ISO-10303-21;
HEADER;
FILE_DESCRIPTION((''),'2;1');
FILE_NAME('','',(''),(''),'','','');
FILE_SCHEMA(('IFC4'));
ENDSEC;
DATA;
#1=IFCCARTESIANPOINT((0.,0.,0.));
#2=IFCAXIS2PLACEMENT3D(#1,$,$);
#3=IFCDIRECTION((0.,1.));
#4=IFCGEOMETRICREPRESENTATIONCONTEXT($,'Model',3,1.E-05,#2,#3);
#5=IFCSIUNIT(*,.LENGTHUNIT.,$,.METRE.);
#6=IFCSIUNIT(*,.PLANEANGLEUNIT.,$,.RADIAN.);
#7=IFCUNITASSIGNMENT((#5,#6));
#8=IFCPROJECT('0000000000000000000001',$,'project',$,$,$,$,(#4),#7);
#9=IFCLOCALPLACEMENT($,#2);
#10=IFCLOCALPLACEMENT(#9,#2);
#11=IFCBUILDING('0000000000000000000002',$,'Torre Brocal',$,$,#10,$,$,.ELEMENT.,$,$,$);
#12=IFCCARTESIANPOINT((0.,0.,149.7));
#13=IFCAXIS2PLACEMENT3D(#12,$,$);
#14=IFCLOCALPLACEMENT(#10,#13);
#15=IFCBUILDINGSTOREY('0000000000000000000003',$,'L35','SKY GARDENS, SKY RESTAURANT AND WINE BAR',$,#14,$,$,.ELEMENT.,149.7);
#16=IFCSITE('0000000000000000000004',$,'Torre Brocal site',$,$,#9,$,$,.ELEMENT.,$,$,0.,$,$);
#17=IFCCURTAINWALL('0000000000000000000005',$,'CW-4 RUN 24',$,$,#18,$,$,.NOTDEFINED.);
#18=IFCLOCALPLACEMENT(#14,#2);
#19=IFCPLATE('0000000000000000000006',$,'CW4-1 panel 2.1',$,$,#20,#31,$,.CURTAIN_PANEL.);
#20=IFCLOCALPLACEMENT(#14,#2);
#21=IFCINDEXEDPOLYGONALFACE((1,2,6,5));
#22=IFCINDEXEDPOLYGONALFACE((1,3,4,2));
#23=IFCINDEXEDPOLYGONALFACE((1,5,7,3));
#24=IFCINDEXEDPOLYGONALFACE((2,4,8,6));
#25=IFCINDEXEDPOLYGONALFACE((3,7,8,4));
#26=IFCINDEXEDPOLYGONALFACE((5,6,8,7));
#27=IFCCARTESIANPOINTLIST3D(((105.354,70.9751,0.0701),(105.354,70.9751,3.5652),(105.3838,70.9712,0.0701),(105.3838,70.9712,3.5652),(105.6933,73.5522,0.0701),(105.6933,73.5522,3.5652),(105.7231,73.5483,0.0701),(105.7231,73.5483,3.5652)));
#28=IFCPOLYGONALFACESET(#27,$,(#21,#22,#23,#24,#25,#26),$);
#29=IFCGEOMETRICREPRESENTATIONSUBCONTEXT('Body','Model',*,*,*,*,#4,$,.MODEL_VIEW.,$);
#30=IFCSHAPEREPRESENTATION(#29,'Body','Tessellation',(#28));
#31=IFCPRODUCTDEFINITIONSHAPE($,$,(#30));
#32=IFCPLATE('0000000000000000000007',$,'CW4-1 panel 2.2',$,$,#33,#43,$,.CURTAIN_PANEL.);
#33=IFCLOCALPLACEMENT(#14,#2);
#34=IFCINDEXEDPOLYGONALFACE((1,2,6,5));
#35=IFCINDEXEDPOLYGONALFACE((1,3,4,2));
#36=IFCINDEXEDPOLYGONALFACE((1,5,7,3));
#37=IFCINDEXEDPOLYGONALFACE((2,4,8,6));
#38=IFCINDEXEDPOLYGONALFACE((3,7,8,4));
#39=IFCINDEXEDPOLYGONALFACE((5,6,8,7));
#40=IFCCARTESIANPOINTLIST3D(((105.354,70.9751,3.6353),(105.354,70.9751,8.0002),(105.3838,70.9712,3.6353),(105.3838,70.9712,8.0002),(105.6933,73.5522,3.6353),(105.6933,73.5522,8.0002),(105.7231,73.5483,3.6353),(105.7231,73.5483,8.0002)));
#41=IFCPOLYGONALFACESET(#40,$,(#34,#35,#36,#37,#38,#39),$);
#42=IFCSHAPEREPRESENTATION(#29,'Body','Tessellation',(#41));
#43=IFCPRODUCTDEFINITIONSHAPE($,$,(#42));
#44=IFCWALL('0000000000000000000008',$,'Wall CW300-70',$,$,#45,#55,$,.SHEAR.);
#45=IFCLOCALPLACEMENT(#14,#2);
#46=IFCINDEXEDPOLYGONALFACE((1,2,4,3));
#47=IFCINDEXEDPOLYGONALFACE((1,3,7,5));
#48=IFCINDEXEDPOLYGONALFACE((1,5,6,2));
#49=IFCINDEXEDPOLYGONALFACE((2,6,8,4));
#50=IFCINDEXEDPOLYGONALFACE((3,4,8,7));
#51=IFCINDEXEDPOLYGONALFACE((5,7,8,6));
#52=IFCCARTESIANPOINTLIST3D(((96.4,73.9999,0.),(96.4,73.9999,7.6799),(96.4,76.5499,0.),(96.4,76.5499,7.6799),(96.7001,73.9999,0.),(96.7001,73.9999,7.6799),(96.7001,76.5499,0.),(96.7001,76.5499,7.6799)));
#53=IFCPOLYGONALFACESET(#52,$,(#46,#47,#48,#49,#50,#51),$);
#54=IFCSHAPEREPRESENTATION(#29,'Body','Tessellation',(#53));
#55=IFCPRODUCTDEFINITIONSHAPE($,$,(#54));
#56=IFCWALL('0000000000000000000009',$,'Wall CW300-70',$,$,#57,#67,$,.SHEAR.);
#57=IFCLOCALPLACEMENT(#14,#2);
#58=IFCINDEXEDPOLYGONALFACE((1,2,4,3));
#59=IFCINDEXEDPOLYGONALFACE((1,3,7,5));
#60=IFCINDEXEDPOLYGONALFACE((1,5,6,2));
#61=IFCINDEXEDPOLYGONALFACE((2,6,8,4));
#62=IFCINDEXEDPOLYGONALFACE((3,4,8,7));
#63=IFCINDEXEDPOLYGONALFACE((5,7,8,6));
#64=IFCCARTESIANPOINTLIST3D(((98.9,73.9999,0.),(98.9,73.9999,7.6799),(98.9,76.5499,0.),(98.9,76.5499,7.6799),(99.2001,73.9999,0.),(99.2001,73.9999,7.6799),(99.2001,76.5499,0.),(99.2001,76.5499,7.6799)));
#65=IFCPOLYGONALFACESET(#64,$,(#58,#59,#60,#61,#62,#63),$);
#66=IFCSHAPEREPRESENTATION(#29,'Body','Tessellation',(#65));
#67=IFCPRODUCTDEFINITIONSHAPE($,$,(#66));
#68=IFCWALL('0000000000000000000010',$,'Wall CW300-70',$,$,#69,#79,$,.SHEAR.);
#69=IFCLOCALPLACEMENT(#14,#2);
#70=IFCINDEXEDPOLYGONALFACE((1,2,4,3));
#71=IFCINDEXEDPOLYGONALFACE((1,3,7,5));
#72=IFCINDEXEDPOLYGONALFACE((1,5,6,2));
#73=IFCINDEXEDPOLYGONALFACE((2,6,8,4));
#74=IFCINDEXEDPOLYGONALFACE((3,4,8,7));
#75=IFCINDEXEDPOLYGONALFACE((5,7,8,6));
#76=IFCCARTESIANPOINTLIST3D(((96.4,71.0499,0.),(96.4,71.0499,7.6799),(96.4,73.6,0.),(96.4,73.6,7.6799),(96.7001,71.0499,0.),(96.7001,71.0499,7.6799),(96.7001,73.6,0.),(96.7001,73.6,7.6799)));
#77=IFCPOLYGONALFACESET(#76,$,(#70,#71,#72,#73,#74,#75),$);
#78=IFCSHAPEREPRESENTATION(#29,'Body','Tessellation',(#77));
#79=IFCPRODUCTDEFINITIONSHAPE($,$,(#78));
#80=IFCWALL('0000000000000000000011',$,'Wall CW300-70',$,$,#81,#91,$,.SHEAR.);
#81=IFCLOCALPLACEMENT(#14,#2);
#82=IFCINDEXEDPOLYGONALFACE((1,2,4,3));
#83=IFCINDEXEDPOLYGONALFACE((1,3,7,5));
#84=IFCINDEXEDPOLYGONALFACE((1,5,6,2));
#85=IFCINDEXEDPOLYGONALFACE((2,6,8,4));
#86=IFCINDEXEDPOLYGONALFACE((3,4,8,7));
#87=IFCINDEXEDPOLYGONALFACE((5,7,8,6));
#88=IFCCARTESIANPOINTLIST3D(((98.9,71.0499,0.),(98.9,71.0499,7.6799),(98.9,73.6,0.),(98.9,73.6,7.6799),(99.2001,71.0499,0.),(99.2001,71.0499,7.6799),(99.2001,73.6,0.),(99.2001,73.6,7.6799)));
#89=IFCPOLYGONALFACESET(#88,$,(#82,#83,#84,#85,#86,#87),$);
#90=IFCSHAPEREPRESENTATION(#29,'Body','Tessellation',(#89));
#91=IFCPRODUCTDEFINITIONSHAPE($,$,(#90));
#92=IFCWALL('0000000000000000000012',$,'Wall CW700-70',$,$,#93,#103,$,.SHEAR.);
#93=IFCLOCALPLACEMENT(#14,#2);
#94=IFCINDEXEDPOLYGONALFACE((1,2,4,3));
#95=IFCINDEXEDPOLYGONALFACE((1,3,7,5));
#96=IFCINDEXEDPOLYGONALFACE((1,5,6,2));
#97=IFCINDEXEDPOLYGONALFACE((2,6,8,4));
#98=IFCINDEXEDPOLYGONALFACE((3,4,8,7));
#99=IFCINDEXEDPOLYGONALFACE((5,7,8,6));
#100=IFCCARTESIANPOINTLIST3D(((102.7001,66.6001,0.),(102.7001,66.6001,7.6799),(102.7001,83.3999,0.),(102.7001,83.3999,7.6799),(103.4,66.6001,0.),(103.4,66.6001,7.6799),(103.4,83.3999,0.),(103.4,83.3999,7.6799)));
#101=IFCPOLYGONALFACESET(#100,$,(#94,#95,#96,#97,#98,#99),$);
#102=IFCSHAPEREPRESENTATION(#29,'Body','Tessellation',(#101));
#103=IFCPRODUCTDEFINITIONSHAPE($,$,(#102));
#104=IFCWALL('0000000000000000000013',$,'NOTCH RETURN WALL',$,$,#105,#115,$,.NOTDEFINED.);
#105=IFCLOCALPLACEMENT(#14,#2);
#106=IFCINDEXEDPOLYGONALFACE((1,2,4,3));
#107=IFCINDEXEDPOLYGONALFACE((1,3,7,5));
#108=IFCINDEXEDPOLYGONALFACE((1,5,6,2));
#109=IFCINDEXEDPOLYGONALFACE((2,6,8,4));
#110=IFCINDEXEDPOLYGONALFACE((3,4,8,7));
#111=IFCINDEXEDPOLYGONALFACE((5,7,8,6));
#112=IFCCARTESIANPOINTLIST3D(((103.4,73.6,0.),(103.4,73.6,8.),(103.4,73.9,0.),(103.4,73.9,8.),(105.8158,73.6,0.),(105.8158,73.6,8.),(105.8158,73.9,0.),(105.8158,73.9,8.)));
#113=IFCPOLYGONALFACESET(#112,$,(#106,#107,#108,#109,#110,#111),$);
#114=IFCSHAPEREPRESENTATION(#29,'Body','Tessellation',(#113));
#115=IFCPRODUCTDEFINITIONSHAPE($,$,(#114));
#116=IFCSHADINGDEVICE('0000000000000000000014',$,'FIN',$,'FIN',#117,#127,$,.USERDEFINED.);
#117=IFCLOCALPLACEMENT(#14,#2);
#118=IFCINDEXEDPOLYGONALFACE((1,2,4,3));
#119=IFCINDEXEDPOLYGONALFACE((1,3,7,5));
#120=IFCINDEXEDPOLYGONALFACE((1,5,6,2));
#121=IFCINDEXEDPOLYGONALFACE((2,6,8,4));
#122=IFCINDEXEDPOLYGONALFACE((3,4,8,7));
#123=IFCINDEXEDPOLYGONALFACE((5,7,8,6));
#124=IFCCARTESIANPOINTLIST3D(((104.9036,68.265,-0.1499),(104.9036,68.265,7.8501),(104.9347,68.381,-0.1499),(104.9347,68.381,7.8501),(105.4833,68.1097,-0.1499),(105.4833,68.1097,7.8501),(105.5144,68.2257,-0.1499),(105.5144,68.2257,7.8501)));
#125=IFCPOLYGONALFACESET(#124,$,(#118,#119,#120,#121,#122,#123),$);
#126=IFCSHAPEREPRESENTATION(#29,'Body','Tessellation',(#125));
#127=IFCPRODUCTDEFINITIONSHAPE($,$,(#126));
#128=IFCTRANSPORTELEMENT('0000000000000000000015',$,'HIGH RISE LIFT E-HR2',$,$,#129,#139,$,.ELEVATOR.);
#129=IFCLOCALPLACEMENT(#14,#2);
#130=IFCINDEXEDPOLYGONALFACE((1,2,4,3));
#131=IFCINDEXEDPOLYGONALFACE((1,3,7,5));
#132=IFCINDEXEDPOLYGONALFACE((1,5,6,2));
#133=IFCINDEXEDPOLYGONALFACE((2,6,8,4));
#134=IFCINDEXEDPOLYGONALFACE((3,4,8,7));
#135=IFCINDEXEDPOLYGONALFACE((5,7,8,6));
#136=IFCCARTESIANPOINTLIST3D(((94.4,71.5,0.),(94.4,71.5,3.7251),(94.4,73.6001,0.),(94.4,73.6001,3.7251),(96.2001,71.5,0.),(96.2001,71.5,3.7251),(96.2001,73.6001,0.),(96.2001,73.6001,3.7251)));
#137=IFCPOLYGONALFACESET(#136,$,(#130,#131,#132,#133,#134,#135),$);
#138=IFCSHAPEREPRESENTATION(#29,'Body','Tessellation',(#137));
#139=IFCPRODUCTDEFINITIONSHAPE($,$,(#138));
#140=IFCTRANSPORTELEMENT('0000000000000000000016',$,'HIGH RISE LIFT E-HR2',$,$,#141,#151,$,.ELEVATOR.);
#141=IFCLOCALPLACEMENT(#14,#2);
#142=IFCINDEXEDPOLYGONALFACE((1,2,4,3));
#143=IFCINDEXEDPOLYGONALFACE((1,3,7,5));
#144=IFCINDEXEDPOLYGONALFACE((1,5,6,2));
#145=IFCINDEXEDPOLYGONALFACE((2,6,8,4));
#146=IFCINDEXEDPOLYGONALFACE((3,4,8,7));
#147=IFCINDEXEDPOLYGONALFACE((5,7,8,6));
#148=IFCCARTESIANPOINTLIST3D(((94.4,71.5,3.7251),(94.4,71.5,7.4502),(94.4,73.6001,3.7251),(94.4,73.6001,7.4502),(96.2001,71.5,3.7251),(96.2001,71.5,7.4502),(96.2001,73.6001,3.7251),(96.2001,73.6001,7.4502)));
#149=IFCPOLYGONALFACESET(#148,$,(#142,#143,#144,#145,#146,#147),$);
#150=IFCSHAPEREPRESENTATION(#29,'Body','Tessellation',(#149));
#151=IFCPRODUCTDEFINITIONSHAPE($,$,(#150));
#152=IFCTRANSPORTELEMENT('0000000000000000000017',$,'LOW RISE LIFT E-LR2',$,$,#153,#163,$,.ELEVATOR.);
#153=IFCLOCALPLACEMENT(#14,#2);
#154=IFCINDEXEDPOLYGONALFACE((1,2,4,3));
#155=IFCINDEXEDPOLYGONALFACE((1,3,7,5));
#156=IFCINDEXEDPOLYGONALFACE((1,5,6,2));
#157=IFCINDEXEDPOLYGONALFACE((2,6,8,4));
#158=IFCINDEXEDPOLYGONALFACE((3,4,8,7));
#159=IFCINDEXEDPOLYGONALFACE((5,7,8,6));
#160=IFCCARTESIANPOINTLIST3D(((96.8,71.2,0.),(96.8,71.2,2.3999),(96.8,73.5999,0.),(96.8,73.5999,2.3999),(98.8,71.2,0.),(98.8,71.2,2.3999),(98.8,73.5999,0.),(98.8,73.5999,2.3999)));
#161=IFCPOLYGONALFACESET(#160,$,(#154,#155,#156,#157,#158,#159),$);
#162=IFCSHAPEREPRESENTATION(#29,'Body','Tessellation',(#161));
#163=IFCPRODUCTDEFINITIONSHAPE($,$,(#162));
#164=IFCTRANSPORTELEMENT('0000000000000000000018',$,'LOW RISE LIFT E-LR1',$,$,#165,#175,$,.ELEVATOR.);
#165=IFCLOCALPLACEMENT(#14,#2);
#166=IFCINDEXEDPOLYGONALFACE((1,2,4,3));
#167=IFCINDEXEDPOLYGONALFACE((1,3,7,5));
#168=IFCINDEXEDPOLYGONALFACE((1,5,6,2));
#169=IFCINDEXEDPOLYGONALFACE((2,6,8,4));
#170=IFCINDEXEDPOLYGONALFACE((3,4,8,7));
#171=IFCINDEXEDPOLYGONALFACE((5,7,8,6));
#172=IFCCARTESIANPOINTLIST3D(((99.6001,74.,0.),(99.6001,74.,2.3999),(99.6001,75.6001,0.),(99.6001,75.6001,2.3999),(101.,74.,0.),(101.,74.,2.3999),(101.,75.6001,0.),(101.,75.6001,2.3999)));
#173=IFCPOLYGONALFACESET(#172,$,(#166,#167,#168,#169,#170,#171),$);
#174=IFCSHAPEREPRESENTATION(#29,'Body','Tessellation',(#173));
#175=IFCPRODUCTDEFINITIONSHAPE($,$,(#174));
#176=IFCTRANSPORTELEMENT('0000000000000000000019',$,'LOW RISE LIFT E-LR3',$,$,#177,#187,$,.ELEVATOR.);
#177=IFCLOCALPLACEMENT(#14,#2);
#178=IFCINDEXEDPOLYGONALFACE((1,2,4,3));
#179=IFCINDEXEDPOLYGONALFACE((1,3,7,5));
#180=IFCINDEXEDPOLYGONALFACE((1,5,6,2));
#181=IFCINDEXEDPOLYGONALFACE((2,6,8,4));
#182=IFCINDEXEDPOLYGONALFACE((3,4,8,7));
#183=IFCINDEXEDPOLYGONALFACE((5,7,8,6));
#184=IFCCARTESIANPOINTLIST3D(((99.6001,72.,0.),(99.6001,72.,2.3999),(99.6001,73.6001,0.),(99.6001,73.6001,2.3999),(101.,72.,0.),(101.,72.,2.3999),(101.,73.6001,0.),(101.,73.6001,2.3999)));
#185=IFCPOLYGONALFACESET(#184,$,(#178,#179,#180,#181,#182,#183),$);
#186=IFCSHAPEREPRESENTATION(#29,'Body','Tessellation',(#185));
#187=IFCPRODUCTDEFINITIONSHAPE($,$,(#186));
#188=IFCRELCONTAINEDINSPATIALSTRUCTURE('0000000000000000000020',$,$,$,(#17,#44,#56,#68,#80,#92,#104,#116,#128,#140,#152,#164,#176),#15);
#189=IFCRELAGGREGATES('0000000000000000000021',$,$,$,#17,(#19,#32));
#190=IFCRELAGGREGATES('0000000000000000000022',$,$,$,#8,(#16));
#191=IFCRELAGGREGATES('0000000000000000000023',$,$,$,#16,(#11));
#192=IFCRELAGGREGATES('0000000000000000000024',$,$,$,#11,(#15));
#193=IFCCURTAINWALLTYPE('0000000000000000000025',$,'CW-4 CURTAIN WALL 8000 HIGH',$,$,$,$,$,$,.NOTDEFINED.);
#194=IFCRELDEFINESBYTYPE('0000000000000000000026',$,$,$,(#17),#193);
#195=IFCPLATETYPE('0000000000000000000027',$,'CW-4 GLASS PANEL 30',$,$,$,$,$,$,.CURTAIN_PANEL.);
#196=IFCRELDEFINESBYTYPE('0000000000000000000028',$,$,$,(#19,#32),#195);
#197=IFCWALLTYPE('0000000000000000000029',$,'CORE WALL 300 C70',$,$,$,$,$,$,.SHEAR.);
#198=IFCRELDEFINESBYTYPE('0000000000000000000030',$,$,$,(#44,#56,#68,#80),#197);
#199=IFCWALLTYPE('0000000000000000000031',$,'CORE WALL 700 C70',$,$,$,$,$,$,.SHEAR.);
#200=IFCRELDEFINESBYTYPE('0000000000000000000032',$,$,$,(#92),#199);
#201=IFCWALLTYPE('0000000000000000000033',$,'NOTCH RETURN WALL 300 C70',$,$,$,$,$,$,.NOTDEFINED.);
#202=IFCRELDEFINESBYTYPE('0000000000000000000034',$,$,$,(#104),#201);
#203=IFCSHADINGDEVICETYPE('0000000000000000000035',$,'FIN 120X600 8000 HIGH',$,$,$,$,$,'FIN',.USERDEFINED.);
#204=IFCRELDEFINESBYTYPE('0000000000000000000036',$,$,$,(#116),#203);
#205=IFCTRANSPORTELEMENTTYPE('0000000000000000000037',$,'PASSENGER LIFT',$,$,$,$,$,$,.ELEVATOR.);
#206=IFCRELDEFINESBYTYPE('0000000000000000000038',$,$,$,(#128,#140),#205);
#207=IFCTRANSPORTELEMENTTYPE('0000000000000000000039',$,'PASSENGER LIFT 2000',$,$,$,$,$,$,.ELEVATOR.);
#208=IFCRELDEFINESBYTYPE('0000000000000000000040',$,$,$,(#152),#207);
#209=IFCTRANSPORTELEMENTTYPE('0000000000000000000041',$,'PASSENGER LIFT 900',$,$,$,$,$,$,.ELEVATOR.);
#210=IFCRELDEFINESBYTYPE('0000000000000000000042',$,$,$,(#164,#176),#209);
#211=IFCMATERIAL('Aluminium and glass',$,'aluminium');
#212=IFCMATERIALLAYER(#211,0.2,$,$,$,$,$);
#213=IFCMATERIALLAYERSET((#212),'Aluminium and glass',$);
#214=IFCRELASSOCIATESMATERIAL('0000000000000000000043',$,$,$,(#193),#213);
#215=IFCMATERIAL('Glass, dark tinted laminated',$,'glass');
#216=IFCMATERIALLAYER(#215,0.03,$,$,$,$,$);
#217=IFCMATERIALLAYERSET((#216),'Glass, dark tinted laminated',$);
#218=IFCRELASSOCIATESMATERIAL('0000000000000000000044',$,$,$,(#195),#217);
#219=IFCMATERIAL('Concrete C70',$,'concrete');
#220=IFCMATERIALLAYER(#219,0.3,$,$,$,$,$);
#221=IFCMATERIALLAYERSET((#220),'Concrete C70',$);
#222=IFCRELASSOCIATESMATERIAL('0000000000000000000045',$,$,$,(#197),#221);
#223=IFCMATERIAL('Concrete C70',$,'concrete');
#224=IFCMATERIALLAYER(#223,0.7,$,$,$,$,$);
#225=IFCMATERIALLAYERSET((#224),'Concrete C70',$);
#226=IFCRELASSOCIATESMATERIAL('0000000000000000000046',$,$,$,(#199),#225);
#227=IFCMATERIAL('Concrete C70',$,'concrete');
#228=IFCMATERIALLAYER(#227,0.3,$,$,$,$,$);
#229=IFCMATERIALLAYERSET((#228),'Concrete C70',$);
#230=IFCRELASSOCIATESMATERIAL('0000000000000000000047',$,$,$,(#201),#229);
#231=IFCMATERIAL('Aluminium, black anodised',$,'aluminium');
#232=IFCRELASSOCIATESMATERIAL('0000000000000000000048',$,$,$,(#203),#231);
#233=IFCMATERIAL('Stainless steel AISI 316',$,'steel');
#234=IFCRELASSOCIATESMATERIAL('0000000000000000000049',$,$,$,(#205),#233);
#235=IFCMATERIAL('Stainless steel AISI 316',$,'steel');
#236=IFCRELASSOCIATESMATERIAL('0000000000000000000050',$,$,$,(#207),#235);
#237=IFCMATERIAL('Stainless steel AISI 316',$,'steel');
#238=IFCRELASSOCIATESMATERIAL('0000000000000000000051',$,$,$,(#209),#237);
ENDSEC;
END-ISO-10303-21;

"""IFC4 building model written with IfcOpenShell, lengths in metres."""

from ifc_helpers import new_model, si_unit, direction, frame, frame_2d, origin, origin_2d, place, context, subcontext, project, spatial, rectangle, extrude, material, layer, layer_set, material_profile, profile_set, type_object, element, aggregate, save


model = new_model("IFC4")

# Units and contexts
model_context = context("Model", 3, precision=1e-05, world=origin(), true_north=direction((0.0, 1.0)))
body_context = subcontext(model_context, "Body", "Model", "MODEL_VIEW")
ifc_project = project(units=[si_unit("LENGTHUNIT", "METRE"), si_unit("PLANEANGLEUNIT", "RADIAN")], contexts=[model_context])

# Site, building, storey
site_placement = place(None, origin())
site = spatial("IfcSite", under=ifc_project, at=site_placement, Name="Torre Brocal site", CompositionType="ELEMENT", RefElevation=0.0)
building_placement = place(site_placement, origin())
building = spatial("IfcBuilding", under=site, at=building_placement, Name="Torre Brocal", CompositionType="ELEMENT")
storey_placement = place(building_placement, frame((0.0, 0.0, 149.7)))
storey = spatial("IfcBuildingStorey", under=building, at=storey_placement, Name="L35", Description="SKY GARDENS, SKY RESTAURANT AND WINE BAR", CompositionType="ELEMENT", Elevation=149.7)

# Shared definitions
ifc_material_1 = material(Name="Aluminium and glass", Category="aluminium")
ifc_layer_1 = layer(ifc_material_1, 0.2)
ifc_layer_set_1 = layer_set([ifc_layer_1], Name="Aluminium and glass")
curtain_wall_type = type_object("IfcCurtainWallType", Name="CW-4 CURTAIN WALL 8000 HIGH", PredefinedType="NOTDEFINED", material=ifc_layer_set_1)

# Curtain wall
curtain_wall_1_placement = place(storey_placement, origin())
curtain_wall_1 = element("IfcCurtainWall", 1, at=curtain_wall_1_placement, inside=storey, type_object=curtain_wall_type, Name="CW-4 RUN 24", PredefinedType="NOTDEFINED")

# Plates
ifc_material_2 = material(Name="Glass, dark tinted laminated", Category="glass")
ifc_layer_2 = layer(ifc_material_2, 0.03)
ifc_layer_set_2 = layer_set([ifc_layer_2], Name="Glass, dark tinted laminated")
plate_type = type_object("IfcPlateType", Name="CW-4 GLASS PANEL 30", PredefinedType="CURTAIN_PANEL", material=ifc_layer_set_2)
plate_1_placement = place(storey_placement, frame((105.5386, 72.2617, 0.0701), z_axis=(0.0, 0.0, 1.0), x_axis=(0.130526, 0.991445, 0.0)))
plate_1 = element("IfcPlate", 2, at=plate_1_placement, type_object=plate_type, Name="CW4-1 panel 2.1", PredefinedType="CURTAIN_PANEL", context=body_context, shape_type="SweptSolid", body=[
    extrude(rectangle(XDim=2.5994, YDim=0.03, at=origin_2d()), origin(), (0.0, 0.0, 1.0), 3.4951),
])
plate_2_placement = place(storey_placement, frame((105.5386, 72.2617, 3.6353), z_axis=(0.0, 0.0, 1.0), x_axis=(0.130526, 0.991445, 0.0)))
plate_2 = element("IfcPlate", 3, at=plate_2_placement, type_object=plate_type, Name="CW4-1 panel 2.2", PredefinedType="CURTAIN_PANEL", context=body_context, shape_type="SweptSolid", body=[
    extrude(rectangle(XDim=2.5994, YDim=0.03, at=origin_2d()), origin(), (0.0, 0.0, 1.0), 4.365),
])
aggregate(curtain_wall_1, [plate_1, plate_2])

# Walls
ifc_material_3 = material(Name="Concrete C70", Category="concrete")
ifc_layer_3 = layer(ifc_material_3, 0.3)
ifc_layer_set_3 = layer_set([ifc_layer_3], Name="Concrete C70")
wall_type_1 = type_object("IfcWallType", Name="CORE WALL 300 C70", PredefinedType="SHEAR", material=ifc_layer_set_3)
for number, where, z_axis, x_axis, name in (
    (4, (96.55, 74.0, 0.0), (0.0, 0.0, 1.0), (0.0, 1.0, 0.0), "Wall CW300-70"),
    (5, (99.05, 74.0, 0.0), (0.0, 0.0, 1.0), (0.0, 1.0, 0.0), "Wall CW300-70"),
    (6, (96.55, 71.05, 0.0), (0.0, 0.0, 1.0), (0.0, 1.0, 0.0), "Wall CW300-70"),
    (7, (99.05, 71.05, 0.0), (0.0, 0.0, 1.0), (0.0, 1.0, 0.0), "Wall CW300-70"),
):
    element("IfcWall", number, at=place(storey_placement, frame(where, z_axis=z_axis, x_axis=x_axis)), inside=storey, type_object=wall_type_1, Name=name, PredefinedType="SHEAR", context=body_context, shape_type="SweptSolid", body=[
        extrude(rectangle(XDim=2.55, YDim=0.3, at=frame_2d((1.2749, 0.0))), origin(), (0.0, 0.0, 1.0), 7.6799),
    ])
ifc_material_4 = material(Name="Concrete C70", Category="concrete")
ifc_layer_4 = layer(ifc_material_4, 0.7)
ifc_layer_set_4 = layer_set([ifc_layer_4], Name="Concrete C70")
wall_type_2 = type_object("IfcWallType", Name="CORE WALL 700 C70", PredefinedType="SHEAR", material=ifc_layer_set_4)
wall_1_placement = place(storey_placement, frame((103.05, 66.6001, 0.0), z_axis=(0.0, 0.0, 1.0), x_axis=(0.0, 1.0, 0.0)))
element("IfcWall", 8, at=wall_1_placement, inside=storey, type_object=wall_type_2, Name="Wall CW700-70", PredefinedType="SHEAR", context=body_context, shape_type="SweptSolid", body=[
    extrude(rectangle(XDim=16.7998, YDim=0.7, at=frame_2d((8.3999, 0.0))), origin(), (0.0, 0.0, 1.0), 7.6799),
])
ifc_material_5 = material(Name="Concrete C70", Category="concrete")
ifc_layer_5 = layer(ifc_material_5, 0.3)
ifc_layer_set_5 = layer_set([ifc_layer_5], Name="Concrete C70")
wall_type_3 = type_object("IfcWallType", Name="NOTCH RETURN WALL 300 C70", PredefinedType="NOTDEFINED", material=ifc_layer_set_5)
wall_2_placement = place(storey_placement, frame((103.3999, 73.75, 0.0), z_axis=(0.0, 0.0, 1.0), x_axis=(1.0, 0.0, 0.0)))
element("IfcWall", 9, at=wall_2_placement, inside=storey, type_object=wall_type_3, Name="NOTCH RETURN WALL", PredefinedType="NOTDEFINED", context=body_context, shape_type="SweptSolid", body=[
    extrude(rectangle(XDim=2.4158, YDim=0.3, at=frame_2d((1.208, 0.0))), origin(), (0.0, 0.0, 1.0), 8.0),
])

# Shading device
ifc_material_6 = material(Name="Aluminium, black anodised", Category="aluminium")
ifc_material_profile_1 = material_profile(ifc_material_6, rectangle(XDim=0.1201, YDim=0.6001, at=origin_2d()), Name="FIN 120X600 8000 HIGH")
ifc_profile_set_1 = profile_set([ifc_material_profile_1], Name="Aluminium, black anodised")
shading_device_type = type_object("IfcShadingDeviceType", Name="FIN 120X600 8000 HIGH", ElementType="FIN", PredefinedType="USERDEFINED", material=ifc_profile_set_1)
shading_device_placement = place(storey_placement, frame((105.209, 68.2454, -0.1499), z_axis=(0.0, 0.0, 1.0), x_axis=(0.258819, 0.965926, 0.0)))
element("IfcShadingDevice", 10, at=shading_device_placement, inside=storey, type_object=shading_device_type, Name="FIN", ObjectType="FIN", PredefinedType="USERDEFINED", context=body_context, shape_type="SweptSolid", body=[
    extrude(rectangle(XDim=0.1201, YDim=0.6001, at=origin_2d()), origin(), (0.0, 0.0, 1.0), 8.0),
])

# Transport elements
ifc_material_7 = material(Name="Stainless steel AISI 316", Category="steel")
transport_element_type_1 = type_object("IfcTransportElementType", Name="PASSENGER LIFT", PredefinedType="ELEVATOR", material=ifc_material_7)
for number, where, z_axis, x_axis, name in (
    (11, (95.3, 72.55, 0.0), (0.0, 0.0, 1.0), (1.0, 0.0, 0.0), "HIGH RISE LIFT E-HR2"),
    (12, (95.3, 72.55, 3.7251), (0.0, 0.0, 1.0), (1.0, 0.0, 0.0), "HIGH RISE LIFT E-HR2"),
):
    element("IfcTransportElement", number, at=place(storey_placement, frame(where, z_axis=z_axis, x_axis=x_axis)), inside=storey, type_object=transport_element_type_1, Name=name, PredefinedType="ELEVATOR", context=body_context, shape_type="SweptSolid", body=[
        extrude(rectangle(XDim=1.8, YDim=2.1001, at=origin_2d()), origin(), (0.0, 0.0, 1.0), 3.7251),
    ])
ifc_material_8 = material(Name="Stainless steel AISI 316", Category="steel")
transport_element_type_2 = type_object("IfcTransportElementType", Name="PASSENGER LIFT 2000", PredefinedType="ELEVATOR", material=ifc_material_8)
transport_element_placement = place(storey_placement, frame((97.8, 72.3999, 0.0), z_axis=(0.0, 0.0, 1.0), x_axis=(1.0, 0.0, 0.0)))
element("IfcTransportElement", 13, at=transport_element_placement, inside=storey, type_object=transport_element_type_2, Name="LOW RISE LIFT E-LR2", PredefinedType="ELEVATOR", context=body_context, shape_type="SweptSolid", body=[
    extrude(rectangle(XDim=2.0, YDim=2.3999, at=origin_2d()), origin(), (0.0, 0.0, 1.0), 2.3999),
])
ifc_material_9 = material(Name="Stainless steel AISI 316", Category="steel")
transport_element_type_3 = type_object("IfcTransportElementType", Name="PASSENGER LIFT 900", PredefinedType="ELEVATOR", material=ifc_material_9)
for number, where, z_axis, x_axis, name in (
    (14, (100.3, 74.8, 0.0), (0.0, 0.0, 1.0), (1.0, 0.0, 0.0), "LOW RISE LIFT E-LR1"),
    (15, (100.3, 72.8, 0.0), (0.0, 0.0, 1.0), (1.0, 0.0, 0.0), "LOW RISE LIFT E-LR3"),
):
    element("IfcTransportElement", number, at=place(storey_placement, frame(where, z_axis=z_axis, x_axis=x_axis)), inside=storey, type_object=transport_element_type_3, Name=name, PredefinedType="ELEVATOR", context=body_context, shape_type="SweptSolid", body=[
        extrude(rectangle(XDim=1.3999, YDim=1.6001, at=origin_2d()), origin(), (0.0, 0.0, 1.0), 2.3999),
    ])

save(model, "model.ifc")
